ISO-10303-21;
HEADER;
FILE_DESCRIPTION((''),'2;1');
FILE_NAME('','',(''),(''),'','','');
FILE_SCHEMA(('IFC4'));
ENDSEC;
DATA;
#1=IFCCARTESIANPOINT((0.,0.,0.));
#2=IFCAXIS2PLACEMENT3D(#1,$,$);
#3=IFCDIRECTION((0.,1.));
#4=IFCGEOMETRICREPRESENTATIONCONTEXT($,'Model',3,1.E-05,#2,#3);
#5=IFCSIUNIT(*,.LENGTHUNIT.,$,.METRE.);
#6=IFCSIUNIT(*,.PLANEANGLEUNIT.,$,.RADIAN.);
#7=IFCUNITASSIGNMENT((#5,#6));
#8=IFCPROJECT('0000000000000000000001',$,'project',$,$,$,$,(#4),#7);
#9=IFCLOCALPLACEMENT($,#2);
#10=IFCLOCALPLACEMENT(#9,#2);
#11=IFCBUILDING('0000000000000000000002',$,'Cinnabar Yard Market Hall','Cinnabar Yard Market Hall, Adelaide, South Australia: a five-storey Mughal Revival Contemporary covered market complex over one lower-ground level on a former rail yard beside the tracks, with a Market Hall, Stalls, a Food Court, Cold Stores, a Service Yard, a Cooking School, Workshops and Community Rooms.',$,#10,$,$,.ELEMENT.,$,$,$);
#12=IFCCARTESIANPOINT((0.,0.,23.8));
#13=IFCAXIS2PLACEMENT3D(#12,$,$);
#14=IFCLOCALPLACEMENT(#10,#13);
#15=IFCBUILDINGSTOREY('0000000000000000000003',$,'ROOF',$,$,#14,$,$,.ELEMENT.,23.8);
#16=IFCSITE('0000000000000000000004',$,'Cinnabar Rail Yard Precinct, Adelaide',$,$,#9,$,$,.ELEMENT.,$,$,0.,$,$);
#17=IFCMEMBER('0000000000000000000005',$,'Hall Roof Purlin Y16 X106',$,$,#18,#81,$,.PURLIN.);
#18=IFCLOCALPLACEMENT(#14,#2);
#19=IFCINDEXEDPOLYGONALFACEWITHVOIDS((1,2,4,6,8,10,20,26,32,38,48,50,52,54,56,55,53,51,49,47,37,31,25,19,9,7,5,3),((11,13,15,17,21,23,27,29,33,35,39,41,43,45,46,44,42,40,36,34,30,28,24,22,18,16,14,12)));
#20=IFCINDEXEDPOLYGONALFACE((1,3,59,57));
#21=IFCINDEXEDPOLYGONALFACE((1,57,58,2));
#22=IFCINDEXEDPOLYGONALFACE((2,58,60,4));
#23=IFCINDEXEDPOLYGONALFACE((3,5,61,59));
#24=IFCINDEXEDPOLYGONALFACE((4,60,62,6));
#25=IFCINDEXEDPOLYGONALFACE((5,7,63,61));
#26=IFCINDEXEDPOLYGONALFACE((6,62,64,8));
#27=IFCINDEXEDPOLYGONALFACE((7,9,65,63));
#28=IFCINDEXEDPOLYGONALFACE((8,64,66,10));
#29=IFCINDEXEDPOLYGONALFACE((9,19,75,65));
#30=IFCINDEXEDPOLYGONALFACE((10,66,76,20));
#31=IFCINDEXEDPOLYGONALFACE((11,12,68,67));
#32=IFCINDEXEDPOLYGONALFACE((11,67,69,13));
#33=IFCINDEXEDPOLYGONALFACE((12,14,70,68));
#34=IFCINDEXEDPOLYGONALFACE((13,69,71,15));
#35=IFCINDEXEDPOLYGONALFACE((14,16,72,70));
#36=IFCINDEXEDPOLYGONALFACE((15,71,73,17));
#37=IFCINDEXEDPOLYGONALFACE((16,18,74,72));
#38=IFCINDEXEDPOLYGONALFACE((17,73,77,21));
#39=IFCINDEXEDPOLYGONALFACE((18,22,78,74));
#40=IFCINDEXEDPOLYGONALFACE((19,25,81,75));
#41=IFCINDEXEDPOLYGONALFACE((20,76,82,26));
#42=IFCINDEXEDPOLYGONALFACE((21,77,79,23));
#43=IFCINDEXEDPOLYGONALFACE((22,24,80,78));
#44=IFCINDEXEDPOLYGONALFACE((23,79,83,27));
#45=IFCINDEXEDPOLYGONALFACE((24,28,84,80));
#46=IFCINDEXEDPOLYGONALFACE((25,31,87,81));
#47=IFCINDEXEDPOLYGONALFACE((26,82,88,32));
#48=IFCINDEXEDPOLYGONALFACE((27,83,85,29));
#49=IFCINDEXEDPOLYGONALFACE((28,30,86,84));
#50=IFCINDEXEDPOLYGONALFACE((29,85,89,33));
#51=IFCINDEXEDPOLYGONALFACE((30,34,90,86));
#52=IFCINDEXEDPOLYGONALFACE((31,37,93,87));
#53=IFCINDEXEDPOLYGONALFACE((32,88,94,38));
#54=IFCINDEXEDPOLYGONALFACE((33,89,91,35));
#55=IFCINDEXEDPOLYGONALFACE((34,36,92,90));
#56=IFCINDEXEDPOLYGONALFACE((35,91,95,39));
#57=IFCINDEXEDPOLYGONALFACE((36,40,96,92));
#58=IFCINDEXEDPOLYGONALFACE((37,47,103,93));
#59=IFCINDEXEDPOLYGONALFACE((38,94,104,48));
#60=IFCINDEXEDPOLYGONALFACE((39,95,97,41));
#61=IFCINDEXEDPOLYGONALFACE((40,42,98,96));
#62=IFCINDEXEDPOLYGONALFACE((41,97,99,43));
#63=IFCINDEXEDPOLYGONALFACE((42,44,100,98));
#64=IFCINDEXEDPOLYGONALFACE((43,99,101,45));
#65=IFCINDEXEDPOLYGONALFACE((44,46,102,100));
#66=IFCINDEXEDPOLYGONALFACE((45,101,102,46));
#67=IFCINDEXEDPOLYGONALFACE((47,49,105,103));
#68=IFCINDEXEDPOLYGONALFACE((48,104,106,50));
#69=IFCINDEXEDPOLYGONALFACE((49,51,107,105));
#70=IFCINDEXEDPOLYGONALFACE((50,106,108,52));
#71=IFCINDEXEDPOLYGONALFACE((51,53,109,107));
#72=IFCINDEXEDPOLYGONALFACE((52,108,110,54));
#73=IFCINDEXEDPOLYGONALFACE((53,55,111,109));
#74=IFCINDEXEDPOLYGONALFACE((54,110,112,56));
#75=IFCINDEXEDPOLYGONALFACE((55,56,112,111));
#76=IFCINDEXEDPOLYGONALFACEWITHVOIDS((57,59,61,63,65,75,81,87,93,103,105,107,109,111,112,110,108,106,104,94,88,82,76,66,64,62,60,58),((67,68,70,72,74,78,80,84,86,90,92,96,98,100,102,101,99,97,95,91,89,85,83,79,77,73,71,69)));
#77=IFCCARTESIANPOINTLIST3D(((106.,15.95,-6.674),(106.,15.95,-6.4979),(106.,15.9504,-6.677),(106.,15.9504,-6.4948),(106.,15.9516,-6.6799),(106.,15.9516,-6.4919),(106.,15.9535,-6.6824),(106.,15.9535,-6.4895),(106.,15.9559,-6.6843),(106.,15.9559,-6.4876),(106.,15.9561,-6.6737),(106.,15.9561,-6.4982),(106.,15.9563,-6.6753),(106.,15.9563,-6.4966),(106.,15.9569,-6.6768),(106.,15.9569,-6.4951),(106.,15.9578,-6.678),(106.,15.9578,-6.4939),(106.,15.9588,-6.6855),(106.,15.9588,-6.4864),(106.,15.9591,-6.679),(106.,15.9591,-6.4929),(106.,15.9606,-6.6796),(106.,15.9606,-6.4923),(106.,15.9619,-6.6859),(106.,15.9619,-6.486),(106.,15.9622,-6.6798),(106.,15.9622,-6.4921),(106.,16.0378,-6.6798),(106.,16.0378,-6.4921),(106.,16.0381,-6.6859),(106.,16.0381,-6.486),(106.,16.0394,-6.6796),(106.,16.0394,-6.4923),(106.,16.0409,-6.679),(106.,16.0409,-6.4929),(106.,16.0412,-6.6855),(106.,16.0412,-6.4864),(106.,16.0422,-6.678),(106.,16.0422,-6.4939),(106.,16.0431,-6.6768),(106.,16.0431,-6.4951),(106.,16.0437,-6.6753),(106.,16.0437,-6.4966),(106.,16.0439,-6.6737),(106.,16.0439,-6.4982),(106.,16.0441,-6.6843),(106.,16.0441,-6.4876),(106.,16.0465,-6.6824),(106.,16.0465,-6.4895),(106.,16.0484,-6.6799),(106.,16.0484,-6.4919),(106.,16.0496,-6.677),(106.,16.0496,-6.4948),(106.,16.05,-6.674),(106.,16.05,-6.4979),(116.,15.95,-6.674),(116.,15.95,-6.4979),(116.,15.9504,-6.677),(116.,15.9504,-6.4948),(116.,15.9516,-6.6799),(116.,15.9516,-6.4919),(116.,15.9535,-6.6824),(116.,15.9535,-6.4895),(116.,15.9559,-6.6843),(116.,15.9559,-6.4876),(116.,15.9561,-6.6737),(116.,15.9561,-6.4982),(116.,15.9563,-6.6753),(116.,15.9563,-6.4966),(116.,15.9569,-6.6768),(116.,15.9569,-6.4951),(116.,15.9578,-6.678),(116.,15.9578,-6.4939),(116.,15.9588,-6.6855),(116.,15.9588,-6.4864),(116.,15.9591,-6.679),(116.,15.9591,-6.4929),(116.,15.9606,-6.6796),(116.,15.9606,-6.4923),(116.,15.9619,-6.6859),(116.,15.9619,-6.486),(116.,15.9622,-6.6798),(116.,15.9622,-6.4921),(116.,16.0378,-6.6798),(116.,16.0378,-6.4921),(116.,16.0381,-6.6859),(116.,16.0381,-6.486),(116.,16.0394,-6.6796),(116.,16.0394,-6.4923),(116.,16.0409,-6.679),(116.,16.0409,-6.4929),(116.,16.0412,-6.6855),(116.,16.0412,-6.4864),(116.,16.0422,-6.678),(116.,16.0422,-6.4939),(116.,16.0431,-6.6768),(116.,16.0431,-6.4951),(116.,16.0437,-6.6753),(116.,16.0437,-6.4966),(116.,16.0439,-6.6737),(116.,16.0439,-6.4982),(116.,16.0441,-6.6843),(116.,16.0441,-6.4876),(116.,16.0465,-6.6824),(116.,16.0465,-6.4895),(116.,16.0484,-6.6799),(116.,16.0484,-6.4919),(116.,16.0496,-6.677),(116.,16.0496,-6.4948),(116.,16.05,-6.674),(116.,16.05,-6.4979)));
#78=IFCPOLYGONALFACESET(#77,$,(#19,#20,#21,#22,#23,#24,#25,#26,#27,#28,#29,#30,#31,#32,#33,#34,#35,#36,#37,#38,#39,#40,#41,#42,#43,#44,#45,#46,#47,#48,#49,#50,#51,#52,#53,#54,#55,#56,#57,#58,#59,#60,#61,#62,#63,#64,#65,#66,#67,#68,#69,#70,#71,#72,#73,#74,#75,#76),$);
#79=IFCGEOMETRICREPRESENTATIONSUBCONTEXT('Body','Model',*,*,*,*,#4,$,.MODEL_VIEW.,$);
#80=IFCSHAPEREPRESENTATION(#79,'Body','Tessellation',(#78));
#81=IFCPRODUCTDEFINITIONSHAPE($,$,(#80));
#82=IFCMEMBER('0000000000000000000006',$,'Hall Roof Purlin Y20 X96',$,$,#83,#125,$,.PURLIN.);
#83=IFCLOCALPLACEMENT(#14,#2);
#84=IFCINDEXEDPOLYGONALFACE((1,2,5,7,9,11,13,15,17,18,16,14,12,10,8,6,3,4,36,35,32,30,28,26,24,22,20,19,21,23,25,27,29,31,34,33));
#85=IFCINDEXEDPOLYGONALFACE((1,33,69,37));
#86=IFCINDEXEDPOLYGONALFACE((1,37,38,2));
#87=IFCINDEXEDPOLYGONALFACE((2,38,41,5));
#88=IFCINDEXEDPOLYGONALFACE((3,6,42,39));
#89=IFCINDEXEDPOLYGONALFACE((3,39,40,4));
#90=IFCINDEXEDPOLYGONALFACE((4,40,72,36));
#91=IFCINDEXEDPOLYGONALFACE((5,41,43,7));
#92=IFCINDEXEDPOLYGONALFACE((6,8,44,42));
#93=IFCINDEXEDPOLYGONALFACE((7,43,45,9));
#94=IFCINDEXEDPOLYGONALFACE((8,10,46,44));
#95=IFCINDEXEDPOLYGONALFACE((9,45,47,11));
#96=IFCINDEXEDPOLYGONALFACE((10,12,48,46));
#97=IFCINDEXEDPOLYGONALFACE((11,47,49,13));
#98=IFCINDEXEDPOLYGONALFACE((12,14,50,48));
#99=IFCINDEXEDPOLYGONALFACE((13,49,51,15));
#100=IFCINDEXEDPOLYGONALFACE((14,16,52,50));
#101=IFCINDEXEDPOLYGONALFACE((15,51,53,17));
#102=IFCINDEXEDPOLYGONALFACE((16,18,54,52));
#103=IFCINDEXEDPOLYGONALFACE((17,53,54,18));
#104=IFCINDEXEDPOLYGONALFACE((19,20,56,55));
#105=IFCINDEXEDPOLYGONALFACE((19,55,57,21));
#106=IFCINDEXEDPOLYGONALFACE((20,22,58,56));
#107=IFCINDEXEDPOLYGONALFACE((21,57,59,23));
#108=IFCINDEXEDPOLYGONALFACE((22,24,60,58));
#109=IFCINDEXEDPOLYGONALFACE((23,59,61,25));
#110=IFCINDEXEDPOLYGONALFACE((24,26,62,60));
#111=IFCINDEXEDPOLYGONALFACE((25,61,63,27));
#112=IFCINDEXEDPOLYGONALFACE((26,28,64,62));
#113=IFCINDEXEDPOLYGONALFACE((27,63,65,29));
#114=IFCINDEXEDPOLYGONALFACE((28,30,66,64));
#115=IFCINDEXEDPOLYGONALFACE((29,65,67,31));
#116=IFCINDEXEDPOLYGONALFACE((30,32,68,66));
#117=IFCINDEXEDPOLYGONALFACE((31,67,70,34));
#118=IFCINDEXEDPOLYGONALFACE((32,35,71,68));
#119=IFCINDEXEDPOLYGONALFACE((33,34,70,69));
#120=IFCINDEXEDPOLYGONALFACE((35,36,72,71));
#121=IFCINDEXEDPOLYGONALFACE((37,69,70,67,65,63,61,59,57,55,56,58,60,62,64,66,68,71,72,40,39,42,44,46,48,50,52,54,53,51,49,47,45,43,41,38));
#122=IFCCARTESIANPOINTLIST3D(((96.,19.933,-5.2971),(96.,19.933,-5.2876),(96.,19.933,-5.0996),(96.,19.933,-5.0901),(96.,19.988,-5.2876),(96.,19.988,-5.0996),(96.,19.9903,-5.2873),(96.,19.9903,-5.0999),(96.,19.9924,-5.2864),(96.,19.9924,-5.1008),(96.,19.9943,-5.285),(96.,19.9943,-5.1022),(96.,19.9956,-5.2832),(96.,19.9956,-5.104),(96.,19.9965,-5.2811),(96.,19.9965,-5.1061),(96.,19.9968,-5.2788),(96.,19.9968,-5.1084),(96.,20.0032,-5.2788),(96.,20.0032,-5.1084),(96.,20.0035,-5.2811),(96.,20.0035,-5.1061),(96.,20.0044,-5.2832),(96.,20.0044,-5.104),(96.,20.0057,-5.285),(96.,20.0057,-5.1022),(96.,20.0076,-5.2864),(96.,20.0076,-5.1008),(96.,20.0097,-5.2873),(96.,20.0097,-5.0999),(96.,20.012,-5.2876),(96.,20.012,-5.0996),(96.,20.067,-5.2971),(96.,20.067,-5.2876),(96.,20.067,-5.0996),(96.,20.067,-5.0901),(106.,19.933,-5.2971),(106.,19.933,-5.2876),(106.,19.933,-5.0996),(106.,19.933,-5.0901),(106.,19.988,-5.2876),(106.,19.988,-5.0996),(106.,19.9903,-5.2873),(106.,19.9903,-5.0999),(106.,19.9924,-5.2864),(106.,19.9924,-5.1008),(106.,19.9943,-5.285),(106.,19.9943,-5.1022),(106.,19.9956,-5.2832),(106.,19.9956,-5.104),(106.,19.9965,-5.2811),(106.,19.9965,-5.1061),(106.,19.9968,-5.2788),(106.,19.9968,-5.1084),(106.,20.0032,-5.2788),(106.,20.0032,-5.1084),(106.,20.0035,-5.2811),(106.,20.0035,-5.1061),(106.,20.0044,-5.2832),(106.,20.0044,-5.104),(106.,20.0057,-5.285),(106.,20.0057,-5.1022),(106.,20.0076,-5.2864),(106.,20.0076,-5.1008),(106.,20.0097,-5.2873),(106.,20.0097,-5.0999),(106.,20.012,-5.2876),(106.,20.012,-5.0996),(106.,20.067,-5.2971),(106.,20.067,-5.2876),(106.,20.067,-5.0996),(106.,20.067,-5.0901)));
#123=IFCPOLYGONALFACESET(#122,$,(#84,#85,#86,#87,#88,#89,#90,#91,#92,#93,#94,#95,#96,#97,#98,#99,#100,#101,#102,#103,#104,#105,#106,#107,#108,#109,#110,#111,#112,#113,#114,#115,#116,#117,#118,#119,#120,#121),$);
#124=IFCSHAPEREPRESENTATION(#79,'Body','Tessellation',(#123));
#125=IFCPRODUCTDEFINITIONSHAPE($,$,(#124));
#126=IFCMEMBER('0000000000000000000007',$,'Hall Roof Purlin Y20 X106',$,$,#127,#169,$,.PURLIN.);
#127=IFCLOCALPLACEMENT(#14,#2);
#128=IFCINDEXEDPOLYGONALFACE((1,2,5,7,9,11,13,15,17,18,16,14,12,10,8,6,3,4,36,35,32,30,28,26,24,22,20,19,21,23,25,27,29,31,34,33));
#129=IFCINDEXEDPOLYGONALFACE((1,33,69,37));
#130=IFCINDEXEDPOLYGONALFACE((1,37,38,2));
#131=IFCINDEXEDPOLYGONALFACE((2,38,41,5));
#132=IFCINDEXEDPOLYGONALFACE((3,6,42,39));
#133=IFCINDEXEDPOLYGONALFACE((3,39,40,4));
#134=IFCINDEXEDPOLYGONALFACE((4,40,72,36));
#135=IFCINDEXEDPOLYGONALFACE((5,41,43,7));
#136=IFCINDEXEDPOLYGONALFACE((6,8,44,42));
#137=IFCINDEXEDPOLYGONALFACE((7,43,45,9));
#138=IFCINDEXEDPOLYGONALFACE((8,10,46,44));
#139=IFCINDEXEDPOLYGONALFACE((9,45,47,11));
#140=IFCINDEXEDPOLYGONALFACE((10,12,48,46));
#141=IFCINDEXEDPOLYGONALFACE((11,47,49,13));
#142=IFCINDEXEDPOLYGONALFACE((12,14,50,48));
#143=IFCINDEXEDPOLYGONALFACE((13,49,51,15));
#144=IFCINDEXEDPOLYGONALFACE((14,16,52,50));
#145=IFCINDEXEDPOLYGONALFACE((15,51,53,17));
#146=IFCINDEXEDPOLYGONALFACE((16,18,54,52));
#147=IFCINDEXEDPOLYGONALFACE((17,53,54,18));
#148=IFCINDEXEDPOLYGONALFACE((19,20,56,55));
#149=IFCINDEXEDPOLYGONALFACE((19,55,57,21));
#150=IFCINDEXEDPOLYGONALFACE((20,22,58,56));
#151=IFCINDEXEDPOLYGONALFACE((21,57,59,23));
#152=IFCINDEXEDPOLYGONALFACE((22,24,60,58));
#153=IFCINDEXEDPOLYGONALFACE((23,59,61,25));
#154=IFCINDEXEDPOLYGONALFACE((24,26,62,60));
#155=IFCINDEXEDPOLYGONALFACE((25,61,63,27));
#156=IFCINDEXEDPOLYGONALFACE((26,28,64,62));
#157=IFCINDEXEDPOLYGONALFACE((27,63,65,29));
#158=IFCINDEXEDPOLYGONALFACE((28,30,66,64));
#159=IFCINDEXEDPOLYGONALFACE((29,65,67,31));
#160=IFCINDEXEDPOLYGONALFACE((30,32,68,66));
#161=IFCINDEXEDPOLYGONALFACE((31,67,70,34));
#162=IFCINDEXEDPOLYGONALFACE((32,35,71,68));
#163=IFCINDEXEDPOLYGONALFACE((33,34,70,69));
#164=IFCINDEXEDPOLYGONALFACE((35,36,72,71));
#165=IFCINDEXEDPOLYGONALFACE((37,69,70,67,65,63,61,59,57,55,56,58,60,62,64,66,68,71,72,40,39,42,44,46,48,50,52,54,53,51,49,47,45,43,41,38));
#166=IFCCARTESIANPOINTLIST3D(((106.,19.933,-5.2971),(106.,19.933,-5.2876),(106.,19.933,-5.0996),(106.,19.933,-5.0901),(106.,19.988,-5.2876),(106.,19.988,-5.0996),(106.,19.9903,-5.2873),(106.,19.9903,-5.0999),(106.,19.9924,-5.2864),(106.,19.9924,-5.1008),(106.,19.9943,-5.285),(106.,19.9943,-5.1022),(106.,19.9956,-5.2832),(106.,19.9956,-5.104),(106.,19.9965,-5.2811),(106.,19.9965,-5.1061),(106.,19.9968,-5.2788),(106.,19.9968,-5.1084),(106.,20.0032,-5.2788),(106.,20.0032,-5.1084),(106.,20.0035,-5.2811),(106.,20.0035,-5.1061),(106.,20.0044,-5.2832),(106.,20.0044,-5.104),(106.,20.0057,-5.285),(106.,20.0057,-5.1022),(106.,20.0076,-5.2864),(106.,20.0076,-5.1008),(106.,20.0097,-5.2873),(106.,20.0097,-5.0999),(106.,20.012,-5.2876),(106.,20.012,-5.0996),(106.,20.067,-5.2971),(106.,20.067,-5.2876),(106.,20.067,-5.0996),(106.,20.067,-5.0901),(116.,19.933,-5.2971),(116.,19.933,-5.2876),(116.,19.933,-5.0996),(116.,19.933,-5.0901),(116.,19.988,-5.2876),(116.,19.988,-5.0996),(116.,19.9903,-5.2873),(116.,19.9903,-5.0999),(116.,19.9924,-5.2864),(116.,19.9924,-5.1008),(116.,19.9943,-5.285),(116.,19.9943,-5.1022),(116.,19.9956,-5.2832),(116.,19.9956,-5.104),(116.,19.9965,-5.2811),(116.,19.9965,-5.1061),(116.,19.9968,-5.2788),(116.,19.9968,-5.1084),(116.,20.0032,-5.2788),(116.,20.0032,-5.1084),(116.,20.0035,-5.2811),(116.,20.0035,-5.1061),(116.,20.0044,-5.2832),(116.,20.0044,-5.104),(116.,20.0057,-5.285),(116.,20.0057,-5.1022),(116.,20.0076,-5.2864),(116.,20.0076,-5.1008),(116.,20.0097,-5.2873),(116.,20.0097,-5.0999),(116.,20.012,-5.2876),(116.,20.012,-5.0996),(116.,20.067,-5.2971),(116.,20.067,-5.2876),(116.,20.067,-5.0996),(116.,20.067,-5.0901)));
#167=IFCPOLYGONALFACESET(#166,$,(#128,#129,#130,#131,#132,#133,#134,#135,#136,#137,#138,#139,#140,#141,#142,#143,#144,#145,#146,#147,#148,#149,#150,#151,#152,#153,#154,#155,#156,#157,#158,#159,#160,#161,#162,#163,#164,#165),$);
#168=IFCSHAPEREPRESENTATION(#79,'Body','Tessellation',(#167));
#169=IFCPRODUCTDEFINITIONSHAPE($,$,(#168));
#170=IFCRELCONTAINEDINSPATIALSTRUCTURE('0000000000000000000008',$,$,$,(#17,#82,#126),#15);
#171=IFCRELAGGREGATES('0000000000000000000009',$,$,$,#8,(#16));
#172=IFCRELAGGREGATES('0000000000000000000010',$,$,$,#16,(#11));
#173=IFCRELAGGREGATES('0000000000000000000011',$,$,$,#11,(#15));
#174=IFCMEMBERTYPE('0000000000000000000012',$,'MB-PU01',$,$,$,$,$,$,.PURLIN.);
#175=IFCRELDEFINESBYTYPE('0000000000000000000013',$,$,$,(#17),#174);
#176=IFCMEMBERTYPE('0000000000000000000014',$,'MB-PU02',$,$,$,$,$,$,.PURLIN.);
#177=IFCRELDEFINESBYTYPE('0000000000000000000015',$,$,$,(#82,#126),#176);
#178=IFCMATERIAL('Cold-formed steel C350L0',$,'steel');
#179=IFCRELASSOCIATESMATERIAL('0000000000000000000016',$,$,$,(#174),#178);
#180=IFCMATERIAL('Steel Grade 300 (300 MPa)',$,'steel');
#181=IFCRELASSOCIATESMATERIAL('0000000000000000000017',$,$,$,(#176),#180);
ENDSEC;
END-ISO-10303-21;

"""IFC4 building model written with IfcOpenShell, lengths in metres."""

from ifc_helpers import new_model, si_unit, direction, frame, origin, origin_2d_with_axis, place, context, subcontext, project, spatial, hollow_rectangle, i_section, extrude, material, material_profile, profile_set, type_object, element, save


model = new_model("IFC4")

# Units and contexts
model_context = context("Model", 3, precision=1e-05, world=origin(), true_north=direction((0.0, 1.0)))
body_context = subcontext(model_context, "Body", "Model", "MODEL_VIEW")
ifc_project = project(units=[si_unit("LENGTHUNIT", "METRE"), si_unit("PLANEANGLEUNIT", "RADIAN")], contexts=[model_context])

# Site, building, storey
site_placement = place(None, origin())
site = spatial("IfcSite", under=ifc_project, at=site_placement, Name="Cinnabar Rail Yard Precinct, Adelaide", CompositionType="ELEMENT", RefElevation=0.0)
building_placement = place(site_placement, origin())
building = spatial("IfcBuilding", under=site, at=building_placement, Name="Cinnabar Yard Market Hall", Description="Cinnabar Yard Market Hall, Adelaide, South Australia: a five-storey Mughal Revival Contemporary covered market complex over one lower-ground level on a former rail yard beside the tracks, with a Market Hall, Stalls, a Food Court, Cold Stores, a Service Yard, a Cooking School, Workshops and Community Rooms.", CompositionType="ELEMENT")
storey_placement = place(building_placement, frame((0.0, 0.0, 23.8)))
storey = spatial("IfcBuildingStorey", under=building, at=storey_placement, Name="ROOF", CompositionType="ELEMENT", Elevation=23.8)

# Shared definitions
ifc_material_1 = material(Name="Steel Grade 300 (300 MPa)", Category="steel")
ifc_material_2 = material(Name="Cold-formed steel C350L0", Category="steel")

# Members
ifc_material_profile_1 = material_profile(ifc_material_2, hollow_rectangle(XDim=0.1001, YDim=0.2, WallThickness=0.0061, InnerFilletRadius=0.0061, OuterFilletRadius=0.012, at=origin_2d_with_axis()), Name="200x100x6.0RHS")
ifc_profile_set_1 = profile_set([ifc_material_profile_1], Name="Cold-formed steel C350L0")
member_type_1 = type_object("IfcMemberType", Name="MB-PU01", PredefinedType="PURLIN", material=ifc_profile_set_1)
for number, where, z_axis, x_axis, name in (
    (1, (106.0, 16.0, -6.5859), (1.0, 0.0, 0.0), (0.0, 1.0, 0.0), "Hall Roof Purlin Y16 X106"),
):
    element("IfcMember", number, at=place(storey_placement, frame(where, z_axis=z_axis, x_axis=x_axis)), inside=storey, type_object=member_type_1, Name=name, PredefinedType="PURLIN", context=body_context, shape_type="SweptSolid", body=[
        extrude(hollow_rectangle(XDim=0.1001, YDim=0.2, WallThickness=0.0061, InnerFilletRadius=0.0061, OuterFilletRadius=0.012, at=origin_2d_with_axis()), origin(), (0.0, 0.0, 1.0), 10.0),
    ])
ifc_material_profile_2 = material_profile(ifc_material_1, i_section(OverallWidth=0.134, OverallDepth=0.207, WebThickness=0.0063, FlangeThickness=0.0095, FilletRadius=0.0088, at=origin_2d_with_axis()), Name="200UB29.8")
ifc_profile_set_2 = profile_set([ifc_material_profile_2], Name="Steel Grade 300 (300 MPa)")
member_type_2 = type_object("IfcMemberType", Name="MB-PU02", PredefinedType="PURLIN", material=ifc_profile_set_2)
for number, where, z_axis, x_axis, name in (
    (2, (96.0, 20.0, -5.1936), (1.0, 0.0, 0.0), (0.0, 1.0, 0.0), "Hall Roof Purlin Y20 X96"),
    (3, (106.0, 20.0, -5.1936), (1.0, 0.0, 0.0), (0.0, 1.0, 0.0), "Hall Roof Purlin Y20 X106"),
):
    element("IfcMember", number, at=place(storey_placement, frame(where, z_axis=z_axis, x_axis=x_axis)), inside=storey, type_object=member_type_2, Name=name, PredefinedType="PURLIN", context=body_context, shape_type="SweptSolid", body=[
        extrude(i_section(OverallWidth=0.134, OverallDepth=0.207, WebThickness=0.0063, FlangeThickness=0.0095, FilletRadius=0.0088, at=origin_2d_with_axis()), origin(), (0.0, 0.0, 1.0), 10.0),
    ])

save(model, "model.ifc")
